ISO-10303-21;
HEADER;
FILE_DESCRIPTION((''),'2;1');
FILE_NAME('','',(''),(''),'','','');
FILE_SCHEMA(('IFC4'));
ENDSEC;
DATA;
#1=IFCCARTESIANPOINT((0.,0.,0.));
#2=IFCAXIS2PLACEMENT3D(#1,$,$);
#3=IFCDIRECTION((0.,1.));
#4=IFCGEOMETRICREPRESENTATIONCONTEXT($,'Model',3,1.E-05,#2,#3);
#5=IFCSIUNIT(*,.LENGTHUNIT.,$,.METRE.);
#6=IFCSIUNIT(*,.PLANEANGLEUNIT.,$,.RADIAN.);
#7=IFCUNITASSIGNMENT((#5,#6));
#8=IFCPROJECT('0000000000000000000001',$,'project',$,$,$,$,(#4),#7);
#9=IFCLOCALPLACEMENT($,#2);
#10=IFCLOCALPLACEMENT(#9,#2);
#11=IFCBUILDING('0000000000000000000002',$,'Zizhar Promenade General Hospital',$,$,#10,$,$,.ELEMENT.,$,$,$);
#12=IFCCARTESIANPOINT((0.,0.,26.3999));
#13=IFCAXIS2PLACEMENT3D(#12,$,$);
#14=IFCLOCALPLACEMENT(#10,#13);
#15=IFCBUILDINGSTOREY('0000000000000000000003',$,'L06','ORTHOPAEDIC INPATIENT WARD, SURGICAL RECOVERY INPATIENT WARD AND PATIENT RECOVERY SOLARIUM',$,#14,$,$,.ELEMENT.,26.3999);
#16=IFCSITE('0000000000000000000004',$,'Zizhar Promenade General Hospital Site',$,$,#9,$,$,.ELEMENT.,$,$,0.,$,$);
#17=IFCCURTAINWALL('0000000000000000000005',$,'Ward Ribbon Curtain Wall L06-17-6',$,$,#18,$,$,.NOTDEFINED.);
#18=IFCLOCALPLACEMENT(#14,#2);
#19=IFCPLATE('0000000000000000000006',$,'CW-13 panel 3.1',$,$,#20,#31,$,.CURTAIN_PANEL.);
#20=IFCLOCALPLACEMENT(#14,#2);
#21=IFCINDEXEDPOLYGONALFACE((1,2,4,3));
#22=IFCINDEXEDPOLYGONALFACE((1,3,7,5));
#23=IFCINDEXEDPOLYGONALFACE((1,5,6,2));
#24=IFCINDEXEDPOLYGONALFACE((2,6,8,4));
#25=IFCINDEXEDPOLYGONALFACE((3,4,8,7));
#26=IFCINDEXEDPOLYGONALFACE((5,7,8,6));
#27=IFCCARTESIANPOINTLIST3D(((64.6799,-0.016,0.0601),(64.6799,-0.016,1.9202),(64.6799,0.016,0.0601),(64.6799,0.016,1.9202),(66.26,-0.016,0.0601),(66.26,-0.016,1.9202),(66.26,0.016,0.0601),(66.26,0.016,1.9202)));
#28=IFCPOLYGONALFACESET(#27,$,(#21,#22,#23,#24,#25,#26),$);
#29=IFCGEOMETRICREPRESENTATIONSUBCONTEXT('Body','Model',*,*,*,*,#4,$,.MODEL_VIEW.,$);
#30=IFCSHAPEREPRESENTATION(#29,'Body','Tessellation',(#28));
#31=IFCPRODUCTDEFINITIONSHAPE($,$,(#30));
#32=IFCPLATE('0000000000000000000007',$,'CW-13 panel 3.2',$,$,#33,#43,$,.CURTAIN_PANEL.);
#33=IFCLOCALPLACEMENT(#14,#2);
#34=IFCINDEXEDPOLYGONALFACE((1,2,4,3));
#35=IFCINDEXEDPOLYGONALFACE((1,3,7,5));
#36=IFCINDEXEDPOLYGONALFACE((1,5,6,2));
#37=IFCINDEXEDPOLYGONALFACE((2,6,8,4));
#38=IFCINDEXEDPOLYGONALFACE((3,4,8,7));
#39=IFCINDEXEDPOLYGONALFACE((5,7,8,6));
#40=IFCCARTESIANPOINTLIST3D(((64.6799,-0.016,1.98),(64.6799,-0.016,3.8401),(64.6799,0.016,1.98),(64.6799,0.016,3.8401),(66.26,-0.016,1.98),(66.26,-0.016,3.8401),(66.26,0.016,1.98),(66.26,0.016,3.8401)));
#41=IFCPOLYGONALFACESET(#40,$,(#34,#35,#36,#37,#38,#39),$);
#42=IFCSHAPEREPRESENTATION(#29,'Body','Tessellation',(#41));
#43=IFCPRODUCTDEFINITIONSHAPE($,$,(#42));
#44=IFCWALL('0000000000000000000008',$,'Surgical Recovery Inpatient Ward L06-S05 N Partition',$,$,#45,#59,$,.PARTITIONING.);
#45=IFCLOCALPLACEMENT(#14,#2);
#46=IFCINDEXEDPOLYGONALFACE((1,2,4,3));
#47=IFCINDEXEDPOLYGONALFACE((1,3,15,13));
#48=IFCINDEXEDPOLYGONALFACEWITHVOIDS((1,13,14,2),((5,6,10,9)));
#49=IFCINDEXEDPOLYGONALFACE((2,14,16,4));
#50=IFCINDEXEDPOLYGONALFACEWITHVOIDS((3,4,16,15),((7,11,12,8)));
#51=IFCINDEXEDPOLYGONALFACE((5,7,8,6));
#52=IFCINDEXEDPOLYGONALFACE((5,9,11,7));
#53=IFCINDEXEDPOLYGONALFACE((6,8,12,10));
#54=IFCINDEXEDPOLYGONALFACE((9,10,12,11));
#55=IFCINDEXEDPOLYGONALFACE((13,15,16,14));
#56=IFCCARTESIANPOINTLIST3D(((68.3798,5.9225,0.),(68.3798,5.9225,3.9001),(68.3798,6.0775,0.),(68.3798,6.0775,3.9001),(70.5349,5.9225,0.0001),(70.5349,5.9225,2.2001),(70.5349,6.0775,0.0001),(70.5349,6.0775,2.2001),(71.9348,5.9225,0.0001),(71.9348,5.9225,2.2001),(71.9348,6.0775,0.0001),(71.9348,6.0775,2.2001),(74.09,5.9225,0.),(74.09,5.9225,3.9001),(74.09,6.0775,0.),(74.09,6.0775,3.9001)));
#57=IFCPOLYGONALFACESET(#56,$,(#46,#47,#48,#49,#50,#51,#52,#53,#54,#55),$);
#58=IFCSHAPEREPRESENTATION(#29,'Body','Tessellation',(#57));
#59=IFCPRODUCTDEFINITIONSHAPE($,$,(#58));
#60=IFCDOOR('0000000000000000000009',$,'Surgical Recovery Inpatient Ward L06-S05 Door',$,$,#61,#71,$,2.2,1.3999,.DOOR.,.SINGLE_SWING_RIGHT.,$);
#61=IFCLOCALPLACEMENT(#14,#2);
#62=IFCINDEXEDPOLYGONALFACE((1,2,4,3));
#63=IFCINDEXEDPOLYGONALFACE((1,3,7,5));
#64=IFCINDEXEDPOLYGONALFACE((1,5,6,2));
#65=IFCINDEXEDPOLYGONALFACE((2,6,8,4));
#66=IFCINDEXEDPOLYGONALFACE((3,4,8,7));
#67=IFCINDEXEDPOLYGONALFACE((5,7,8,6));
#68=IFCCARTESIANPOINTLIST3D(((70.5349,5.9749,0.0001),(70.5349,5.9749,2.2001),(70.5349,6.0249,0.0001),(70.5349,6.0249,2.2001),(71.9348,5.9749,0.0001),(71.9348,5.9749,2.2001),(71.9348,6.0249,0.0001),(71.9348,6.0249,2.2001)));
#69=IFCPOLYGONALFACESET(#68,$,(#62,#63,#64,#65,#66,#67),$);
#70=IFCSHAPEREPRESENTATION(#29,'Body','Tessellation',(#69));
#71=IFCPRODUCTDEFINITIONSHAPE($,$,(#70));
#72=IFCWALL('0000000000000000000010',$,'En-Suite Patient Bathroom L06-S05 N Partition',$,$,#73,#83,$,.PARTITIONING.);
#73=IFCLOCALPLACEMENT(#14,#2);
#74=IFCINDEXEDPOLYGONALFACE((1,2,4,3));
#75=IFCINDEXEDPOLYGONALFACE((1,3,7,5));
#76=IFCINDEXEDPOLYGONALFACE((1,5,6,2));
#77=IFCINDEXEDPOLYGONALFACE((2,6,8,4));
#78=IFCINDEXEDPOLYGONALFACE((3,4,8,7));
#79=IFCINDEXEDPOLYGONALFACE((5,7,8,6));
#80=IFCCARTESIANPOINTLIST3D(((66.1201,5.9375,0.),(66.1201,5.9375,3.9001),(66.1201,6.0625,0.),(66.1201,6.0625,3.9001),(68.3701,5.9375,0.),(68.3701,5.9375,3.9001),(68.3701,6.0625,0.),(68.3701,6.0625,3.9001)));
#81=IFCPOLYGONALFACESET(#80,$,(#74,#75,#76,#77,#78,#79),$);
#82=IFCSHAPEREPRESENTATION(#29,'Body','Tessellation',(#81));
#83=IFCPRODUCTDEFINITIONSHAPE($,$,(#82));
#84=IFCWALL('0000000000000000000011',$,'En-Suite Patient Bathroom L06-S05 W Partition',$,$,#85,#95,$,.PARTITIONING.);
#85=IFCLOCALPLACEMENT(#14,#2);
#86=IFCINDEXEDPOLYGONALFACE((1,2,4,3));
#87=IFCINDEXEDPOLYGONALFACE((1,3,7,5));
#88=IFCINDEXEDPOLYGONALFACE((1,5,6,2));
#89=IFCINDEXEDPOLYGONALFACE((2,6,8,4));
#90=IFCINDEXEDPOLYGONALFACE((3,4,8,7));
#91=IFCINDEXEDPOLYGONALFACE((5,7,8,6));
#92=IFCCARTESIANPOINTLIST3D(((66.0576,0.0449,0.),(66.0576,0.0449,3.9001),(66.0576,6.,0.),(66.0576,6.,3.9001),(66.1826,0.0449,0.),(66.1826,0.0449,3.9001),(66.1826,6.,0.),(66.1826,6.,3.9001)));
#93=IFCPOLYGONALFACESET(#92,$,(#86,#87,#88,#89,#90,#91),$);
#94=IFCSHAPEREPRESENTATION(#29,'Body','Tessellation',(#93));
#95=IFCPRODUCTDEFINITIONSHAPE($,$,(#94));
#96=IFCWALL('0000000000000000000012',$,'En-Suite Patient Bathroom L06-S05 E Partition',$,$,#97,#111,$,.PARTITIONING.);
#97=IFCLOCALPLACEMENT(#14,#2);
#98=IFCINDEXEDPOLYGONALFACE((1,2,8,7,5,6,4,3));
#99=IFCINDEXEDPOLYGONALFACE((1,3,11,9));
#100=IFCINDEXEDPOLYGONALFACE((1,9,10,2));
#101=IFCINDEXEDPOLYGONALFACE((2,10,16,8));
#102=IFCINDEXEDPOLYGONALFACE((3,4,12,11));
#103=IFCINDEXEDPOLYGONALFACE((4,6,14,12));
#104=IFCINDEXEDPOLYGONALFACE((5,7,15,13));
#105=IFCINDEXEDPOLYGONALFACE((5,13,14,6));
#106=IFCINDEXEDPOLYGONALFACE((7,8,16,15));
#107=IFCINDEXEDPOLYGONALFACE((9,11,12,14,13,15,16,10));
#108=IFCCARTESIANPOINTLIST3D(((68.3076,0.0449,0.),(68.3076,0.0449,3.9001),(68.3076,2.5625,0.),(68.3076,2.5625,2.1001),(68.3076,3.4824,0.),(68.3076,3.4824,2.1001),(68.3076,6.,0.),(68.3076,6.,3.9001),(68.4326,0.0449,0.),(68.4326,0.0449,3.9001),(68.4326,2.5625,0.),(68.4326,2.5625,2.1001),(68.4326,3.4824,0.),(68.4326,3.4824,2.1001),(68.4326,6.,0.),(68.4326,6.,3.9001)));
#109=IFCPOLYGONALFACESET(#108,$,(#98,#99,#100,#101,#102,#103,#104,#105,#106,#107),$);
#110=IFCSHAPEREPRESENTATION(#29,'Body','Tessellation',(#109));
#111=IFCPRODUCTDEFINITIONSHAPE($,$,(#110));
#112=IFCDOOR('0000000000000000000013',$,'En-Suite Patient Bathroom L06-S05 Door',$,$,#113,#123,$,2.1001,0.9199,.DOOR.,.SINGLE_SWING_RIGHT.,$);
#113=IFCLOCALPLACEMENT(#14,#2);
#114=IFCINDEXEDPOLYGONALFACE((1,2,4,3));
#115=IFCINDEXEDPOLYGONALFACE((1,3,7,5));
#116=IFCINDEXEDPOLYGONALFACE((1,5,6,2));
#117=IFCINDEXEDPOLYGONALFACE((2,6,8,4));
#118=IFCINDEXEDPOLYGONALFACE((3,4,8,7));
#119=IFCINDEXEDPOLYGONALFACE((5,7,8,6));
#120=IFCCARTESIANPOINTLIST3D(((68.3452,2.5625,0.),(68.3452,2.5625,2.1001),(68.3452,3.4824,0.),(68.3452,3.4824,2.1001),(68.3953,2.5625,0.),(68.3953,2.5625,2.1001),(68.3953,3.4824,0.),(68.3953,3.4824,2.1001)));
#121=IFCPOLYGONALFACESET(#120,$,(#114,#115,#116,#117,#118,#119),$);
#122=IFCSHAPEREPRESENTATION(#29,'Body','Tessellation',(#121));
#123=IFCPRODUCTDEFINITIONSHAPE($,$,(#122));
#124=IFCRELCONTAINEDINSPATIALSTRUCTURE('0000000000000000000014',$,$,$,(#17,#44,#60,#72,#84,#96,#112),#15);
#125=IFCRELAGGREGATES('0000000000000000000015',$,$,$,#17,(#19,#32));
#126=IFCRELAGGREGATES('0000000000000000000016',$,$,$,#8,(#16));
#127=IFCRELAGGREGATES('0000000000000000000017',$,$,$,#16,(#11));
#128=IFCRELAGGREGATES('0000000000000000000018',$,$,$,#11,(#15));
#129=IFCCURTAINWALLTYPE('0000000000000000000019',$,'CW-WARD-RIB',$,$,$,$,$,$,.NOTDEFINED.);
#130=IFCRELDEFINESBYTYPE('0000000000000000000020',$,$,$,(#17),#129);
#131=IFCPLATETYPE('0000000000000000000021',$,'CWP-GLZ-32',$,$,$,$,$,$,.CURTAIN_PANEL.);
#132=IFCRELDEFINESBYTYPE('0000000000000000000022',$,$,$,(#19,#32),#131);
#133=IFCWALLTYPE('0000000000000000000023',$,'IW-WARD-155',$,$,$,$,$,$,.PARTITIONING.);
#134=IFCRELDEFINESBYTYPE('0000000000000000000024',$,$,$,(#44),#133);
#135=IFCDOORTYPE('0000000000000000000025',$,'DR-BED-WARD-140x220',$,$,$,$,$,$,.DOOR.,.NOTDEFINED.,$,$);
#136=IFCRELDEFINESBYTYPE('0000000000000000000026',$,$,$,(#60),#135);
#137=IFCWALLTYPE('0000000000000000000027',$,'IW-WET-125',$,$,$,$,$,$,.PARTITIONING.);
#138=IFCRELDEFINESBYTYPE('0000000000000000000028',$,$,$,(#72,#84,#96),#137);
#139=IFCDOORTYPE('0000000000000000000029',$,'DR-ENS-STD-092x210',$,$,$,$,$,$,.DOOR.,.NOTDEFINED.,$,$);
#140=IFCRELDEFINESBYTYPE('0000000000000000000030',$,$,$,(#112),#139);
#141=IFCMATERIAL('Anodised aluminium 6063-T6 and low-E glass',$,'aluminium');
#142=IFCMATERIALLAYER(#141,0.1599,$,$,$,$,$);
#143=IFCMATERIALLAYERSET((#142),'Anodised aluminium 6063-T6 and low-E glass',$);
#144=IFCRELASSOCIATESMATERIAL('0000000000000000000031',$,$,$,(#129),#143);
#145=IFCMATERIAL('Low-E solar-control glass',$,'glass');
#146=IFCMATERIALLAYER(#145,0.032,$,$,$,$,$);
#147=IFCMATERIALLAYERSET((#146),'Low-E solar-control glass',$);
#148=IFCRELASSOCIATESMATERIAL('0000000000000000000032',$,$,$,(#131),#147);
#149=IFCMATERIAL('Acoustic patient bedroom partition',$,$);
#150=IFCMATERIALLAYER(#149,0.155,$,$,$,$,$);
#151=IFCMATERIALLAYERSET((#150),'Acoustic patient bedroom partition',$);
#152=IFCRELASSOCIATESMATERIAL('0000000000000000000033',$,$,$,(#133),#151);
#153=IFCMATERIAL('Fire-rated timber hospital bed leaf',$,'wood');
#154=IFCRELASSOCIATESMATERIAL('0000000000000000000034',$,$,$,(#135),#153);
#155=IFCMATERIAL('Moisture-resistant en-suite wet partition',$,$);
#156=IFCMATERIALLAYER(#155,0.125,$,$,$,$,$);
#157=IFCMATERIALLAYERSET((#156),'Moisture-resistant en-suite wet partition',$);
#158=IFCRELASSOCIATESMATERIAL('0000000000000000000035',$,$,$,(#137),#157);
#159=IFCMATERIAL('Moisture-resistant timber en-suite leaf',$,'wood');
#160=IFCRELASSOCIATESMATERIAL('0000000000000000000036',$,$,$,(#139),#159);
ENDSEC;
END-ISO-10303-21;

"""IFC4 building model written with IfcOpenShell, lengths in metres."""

from ifc_helpers import new_model, si_unit, direction, frame, frame_2d, origin, origin_2d, place, context, subcontext, project, spatial, rectangle, extrude, material, layer, layer_set, type_object, element, fill, aggregate, save


model = new_model("IFC4")

# Units and contexts
model_context = context("Model", 3, precision=1e-05, world=origin(), true_north=direction((0.0, 1.0)))
body_context = subcontext(model_context, "Body", "Model", "MODEL_VIEW")
ifc_project = project(units=[si_unit("LENGTHUNIT", "METRE"), si_unit("PLANEANGLEUNIT", "RADIAN")], contexts=[model_context])

# Site, building, storey
site_placement = place(None, origin())
site = spatial("IfcSite", under=ifc_project, at=site_placement, Name="Zizhar Promenade General Hospital Site", CompositionType="ELEMENT", RefElevation=0.0)
building_placement = place(site_placement, origin())
building = spatial("IfcBuilding", under=site, at=building_placement, Name="Zizhar Promenade General Hospital", CompositionType="ELEMENT")
storey_placement = place(building_placement, frame((0.0, 0.0, 26.3999)))
storey = spatial("IfcBuildingStorey", under=building, at=storey_placement, Name="L06", Description="ORTHOPAEDIC INPATIENT WARD, SURGICAL RECOVERY INPATIENT WARD AND PATIENT RECOVERY SOLARIUM", CompositionType="ELEMENT", Elevation=26.3999)

# Curtain wall, plates
ifc_material_1 = material(Name="Anodised aluminium 6063-T6 and low-E glass", Category="aluminium")
ifc_layer_1 = layer(ifc_material_1, 0.1599)
ifc_layer_set_1 = layer_set([ifc_layer_1], Name="Anodised aluminium 6063-T6 and low-E glass")
curtain_wall_type = type_object("IfcCurtainWallType", Name="CW-WARD-RIB", PredefinedType="NOTDEFINED", material=ifc_layer_set_1)
curtain_wall_placement = place(storey_placement, origin())
curtain_wall = element("IfcCurtainWall", 1, at=curtain_wall_placement, inside=storey, type_object=curtain_wall_type, Name="Ward Ribbon Curtain Wall L06-17-6", PredefinedType="NOTDEFINED")
ifc_material_2 = material(Name="Low-E solar-control glass", Category="glass")
ifc_layer_2 = layer(ifc_material_2, 0.032)
ifc_layer_set_2 = layer_set([ifc_layer_2], Name="Low-E solar-control glass")
plate_type = type_object("IfcPlateType", Name="CWP-GLZ-32", PredefinedType="CURTAIN_PANEL", material=ifc_layer_set_2)
plate_1_placement = place(storey_placement, frame((65.47, 0.0, 0.0601), z_axis=(0.0, 0.0, 1.0), x_axis=(-1.0, 0.0, 0.0)))
plate_1 = element("IfcPlate", 2, at=plate_1_placement, type_object=plate_type, Name="CW-13 panel 3.1", PredefinedType="CURTAIN_PANEL", context=body_context, shape_type="SweptSolid", body=[
    extrude(rectangle(XDim=1.5801, YDim=0.032, at=origin_2d()), origin(), (0.0, 0.0, 1.0), 1.8601),
])
plate_2_placement = place(storey_placement, frame((65.47, 0.0, 1.98), z_axis=(0.0, 0.0, 1.0), x_axis=(-1.0, 0.0, 0.0)))
plate_2 = element("IfcPlate", 3, at=plate_2_placement, type_object=plate_type, Name="CW-13 panel 3.2", PredefinedType="CURTAIN_PANEL", context=body_context, shape_type="SweptSolid", body=[
    extrude(rectangle(XDim=1.5801, YDim=0.032, at=origin_2d()), origin(), (0.0, 0.0, 1.0), 1.8601),
])
aggregate(curtain_wall, [plate_1, plate_2])

# Wall, opening, door
ifc_material_3 = material(Name="Acoustic patient bedroom partition")
ifc_layer_3 = layer(ifc_material_3, 0.155)
ifc_layer_set_3 = layer_set([ifc_layer_3], Name="Acoustic patient bedroom partition")
wall_type_1 = type_object("IfcWallType", Name="IW-WARD-155", PredefinedType="PARTITIONING", material=ifc_layer_set_3)
wall_1_placement = place(storey_placement, frame((68.3799, 6.0, 0.0), z_axis=(0.0, 0.0, 1.0), x_axis=(1.0, 0.0, 0.0)))
wall_1 = element("IfcWall", 4, at=wall_1_placement, inside=storey, type_object=wall_type_1, Name="Surgical Recovery Inpatient Ward L06-S05 N Partition", PredefinedType="PARTITIONING", context=body_context, shape_type="SweptSolid", body=[
    extrude(rectangle(XDim=5.7102, YDim=0.155, at=frame_2d((2.855, 0.0))), origin(), (0.0, 0.0, 1.0), 3.9001),
])
opening_1_placement = place(wall_1_placement, frame((2.155, 0.0, 0.0)))
opening_1 = element("IfcOpeningElement", 5, at=opening_1_placement, cuts=wall_1, PredefinedType="OPENING", context=body_context, shape_type="SweptSolid", body=[
    extrude(rectangle(XDim=1.3999, YDim=2.2, at=frame_2d((0.7, 1.1001))), frame((0.0, 0.0874, 0.0), z_axis=(0.0, -1.0, 0.0), x_axis=(1.0, 0.0, 0.0)), (0.0, 0.0, 1.0), 0.175),
])
ifc_material_4 = material(Name="Fire-rated timber hospital bed leaf", Category="wood")
door_type_1 = type_object("IfcDoorType", Name="DR-BED-WARD-140x220", OperationType="NOTDEFINED", PredefinedType="DOOR", material=ifc_material_4)
door_1_placement = place(opening_1_placement, origin())
door_1 = element("IfcDoor", 6, at=door_1_placement, inside=storey, type_object=door_type_1, Name="Surgical Recovery Inpatient Ward L06-S05 Door", OperationType="SINGLE_SWING_RIGHT", OverallHeight=2.2, OverallWidth=1.3999, PredefinedType="DOOR", context=body_context, shape_type="SweptSolid", body=[
    extrude(rectangle(XDim=1.3999, YDim=2.2, at=frame_2d((0.7, 1.1001))), frame((0.0, 0.0249, 0.0), z_axis=(0.0, -1.0, 0.0), x_axis=(1.0, 0.0, 0.0)), (0.0, 0.0, 1.0), 0.05),
])
fill(opening_1, door_1)

# Walls
ifc_material_5 = material(Name="Moisture-resistant en-suite wet partition")
ifc_layer_4 = layer(ifc_material_5, 0.125)
ifc_layer_set_4 = layer_set([ifc_layer_4], Name="Moisture-resistant en-suite wet partition")
wall_type_2 = type_object("IfcWallType", Name="IW-WET-125", PredefinedType="PARTITIONING", material=ifc_layer_set_4)
wall_2_placement = place(storey_placement, frame((66.1201, 6.0, 0.0), z_axis=(0.0, 0.0, 1.0), x_axis=(1.0, 0.0, 0.0)))
element("IfcWall", 7, at=wall_2_placement, inside=storey, type_object=wall_type_2, Name="En-Suite Patient Bathroom L06-S05 N Partition", PredefinedType="PARTITIONING", context=body_context, shape_type="SweptSolid", body=[
    extrude(rectangle(XDim=2.25, YDim=0.125, at=frame_2d((1.125, 0.0))), origin(), (0.0, 0.0, 1.0), 3.9001),
])
wall_3_placement = place(storey_placement, frame((66.1201, 0.0449, 0.0), z_axis=(0.0, 0.0, 1.0), x_axis=(0.0, 1.0, 0.0)))
element("IfcWall", 8, at=wall_3_placement, inside=storey, type_object=wall_type_2, Name="En-Suite Patient Bathroom L06-S05 W Partition", PredefinedType="PARTITIONING", context=body_context, shape_type="SweptSolid", body=[
    extrude(rectangle(XDim=5.9551, YDim=0.125, at=frame_2d((2.9775, 0.0))), origin(), (0.0, 0.0, 1.0), 3.9001),
])

# Wall, opening, door
wall_4_placement = place(storey_placement, frame((68.3701, 0.0449, 0.0), z_axis=(0.0, 0.0, 1.0), x_axis=(0.0, 1.0, 0.0)))
wall_4 = element("IfcWall", 9, at=wall_4_placement, inside=storey, type_object=wall_type_2, Name="En-Suite Patient Bathroom L06-S05 E Partition", PredefinedType="PARTITIONING", context=body_context, shape_type="SweptSolid", body=[
    extrude(rectangle(XDim=5.9551, YDim=0.125, at=frame_2d((2.9775, 0.0))), origin(), (0.0, 0.0, 1.0), 3.9001),
])
opening_2_placement = place(wall_4_placement, frame((2.5176, 0.0, 0.0)))
opening_2 = element("IfcOpeningElement", 10, at=opening_2_placement, cuts=wall_4, PredefinedType="OPENING", context=body_context, shape_type="SweptSolid", body=[
    extrude(rectangle(XDim=0.9199, YDim=2.1001, at=frame_2d((0.46, 1.05))), frame((0.0, 0.0725, 0.0), z_axis=(0.0, -1.0, 0.0), x_axis=(1.0, 0.0, 0.0)), (0.0, 0.0, 1.0), 0.145),
])
ifc_material_6 = material(Name="Moisture-resistant timber en-suite leaf", Category="wood")
door_type_2 = type_object("IfcDoorType", Name="DR-ENS-STD-092x210", OperationType="NOTDEFINED", PredefinedType="DOOR", material=ifc_material_6)
door_2_placement = place(opening_2_placement, origin())
door_2 = element("IfcDoor", 11, at=door_2_placement, inside=storey, type_object=door_type_2, Name="En-Suite Patient Bathroom L06-S05 Door", OperationType="SINGLE_SWING_RIGHT", OverallHeight=2.1001, OverallWidth=0.9199, PredefinedType="DOOR", context=body_context, shape_type="SweptSolid", body=[
    extrude(rectangle(XDim=0.9199, YDim=2.1001, at=frame_2d((0.46, 1.05))), frame((0.0, 0.0249, 0.0), z_axis=(0.0, -1.0, 0.0), x_axis=(1.0, 0.0, 0.0)), (0.0, 0.0, 1.0), 0.05),
])
fill(opening_2, door_2)

save(model, "model.ifc")
